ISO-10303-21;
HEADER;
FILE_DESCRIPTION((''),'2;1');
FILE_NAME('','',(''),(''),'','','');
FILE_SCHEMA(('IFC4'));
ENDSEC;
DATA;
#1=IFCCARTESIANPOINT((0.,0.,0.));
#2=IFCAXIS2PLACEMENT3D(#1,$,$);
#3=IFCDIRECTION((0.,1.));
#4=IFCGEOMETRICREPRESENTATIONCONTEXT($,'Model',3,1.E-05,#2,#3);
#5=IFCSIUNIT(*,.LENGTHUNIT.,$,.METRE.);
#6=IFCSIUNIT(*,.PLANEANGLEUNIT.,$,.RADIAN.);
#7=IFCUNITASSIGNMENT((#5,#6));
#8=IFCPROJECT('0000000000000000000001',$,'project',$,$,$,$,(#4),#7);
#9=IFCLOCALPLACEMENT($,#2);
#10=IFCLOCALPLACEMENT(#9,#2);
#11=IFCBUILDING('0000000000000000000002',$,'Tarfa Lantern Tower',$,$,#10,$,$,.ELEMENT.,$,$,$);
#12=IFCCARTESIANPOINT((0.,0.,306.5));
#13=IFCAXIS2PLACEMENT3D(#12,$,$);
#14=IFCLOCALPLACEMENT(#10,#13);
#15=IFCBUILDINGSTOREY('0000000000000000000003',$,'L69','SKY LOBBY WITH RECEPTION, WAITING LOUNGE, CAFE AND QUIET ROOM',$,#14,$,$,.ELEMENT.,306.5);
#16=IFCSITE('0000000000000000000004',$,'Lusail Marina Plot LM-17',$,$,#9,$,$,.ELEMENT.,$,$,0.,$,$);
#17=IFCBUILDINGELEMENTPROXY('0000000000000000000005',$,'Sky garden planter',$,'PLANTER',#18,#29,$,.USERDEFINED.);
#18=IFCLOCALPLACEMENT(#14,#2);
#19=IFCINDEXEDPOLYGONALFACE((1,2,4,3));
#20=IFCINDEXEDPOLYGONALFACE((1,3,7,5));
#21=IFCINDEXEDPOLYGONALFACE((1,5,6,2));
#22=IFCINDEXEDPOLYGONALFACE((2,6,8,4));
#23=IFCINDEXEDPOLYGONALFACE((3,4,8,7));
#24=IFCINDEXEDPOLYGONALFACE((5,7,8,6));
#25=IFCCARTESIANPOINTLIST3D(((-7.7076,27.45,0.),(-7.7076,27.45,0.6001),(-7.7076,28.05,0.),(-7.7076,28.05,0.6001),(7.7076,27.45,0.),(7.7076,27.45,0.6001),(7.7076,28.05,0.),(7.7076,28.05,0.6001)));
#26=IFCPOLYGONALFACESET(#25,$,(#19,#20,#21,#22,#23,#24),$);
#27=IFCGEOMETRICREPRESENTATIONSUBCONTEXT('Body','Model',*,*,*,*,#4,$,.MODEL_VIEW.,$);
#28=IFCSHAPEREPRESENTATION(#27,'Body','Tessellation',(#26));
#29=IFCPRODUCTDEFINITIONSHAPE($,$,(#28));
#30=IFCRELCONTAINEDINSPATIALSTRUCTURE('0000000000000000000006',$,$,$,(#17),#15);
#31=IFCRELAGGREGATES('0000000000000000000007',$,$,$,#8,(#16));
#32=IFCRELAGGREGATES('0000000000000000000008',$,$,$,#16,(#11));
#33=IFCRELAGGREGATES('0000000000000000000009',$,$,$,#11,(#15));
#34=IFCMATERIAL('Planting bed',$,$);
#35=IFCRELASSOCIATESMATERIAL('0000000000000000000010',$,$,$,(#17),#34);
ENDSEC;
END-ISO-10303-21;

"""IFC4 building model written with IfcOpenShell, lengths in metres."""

from ifc_helpers import new_model, si_unit, direction, frame, origin, origin_2d, place, context, subcontext, project, spatial, rectangle, extrude, material, element, save


model = new_model("IFC4")

# Units and contexts
model_context = context("Model", 3, precision=1e-05, world=origin(), true_north=direction((0.0, 1.0)))
body_context = subcontext(model_context, "Body", "Model", "MODEL_VIEW")
ifc_project = project(units=[si_unit("LENGTHUNIT", "METRE"), si_unit("PLANEANGLEUNIT", "RADIAN")], contexts=[model_context])

# Site, building, storey
site_placement = place(None, origin())
site = spatial("IfcSite", under=ifc_project, at=site_placement, Name="Lusail Marina Plot LM-17", CompositionType="ELEMENT", RefElevation=0.0)
building_placement = place(site_placement, origin())
building = spatial("IfcBuilding", under=site, at=building_placement, Name="Tarfa Lantern Tower", CompositionType="ELEMENT")
storey_placement = place(building_placement, frame((0.0, 0.0, 306.5)))
storey = spatial("IfcBuildingStorey", under=building, at=storey_placement, Name="L69", Description="SKY LOBBY WITH RECEPTION, WAITING LOUNGE, CAFE AND QUIET ROOM", CompositionType="ELEMENT", Elevation=306.5)

# Building element proxy
ifc_material_1 = material(Name="Planting bed")
proxy_placement = place(storey_placement, frame((0.0, 27.75, 0.0), z_axis=(0.0, 0.0, 1.0), x_axis=(-1.0, 0.0, 0.0)))
element("IfcBuildingElementProxy", 1, at=proxy_placement, inside=storey, material=ifc_material_1, Name="Sky garden planter", ObjectType="PLANTER", PredefinedType="USERDEFINED", context=body_context, shape_type="SweptSolid", body=[
    extrude(rectangle(XDim=15.4153, YDim=0.6001, at=origin_2d()), origin(), (0.0, 0.0, 1.0), 0.6001),
])

save(model, "model.ifc")
